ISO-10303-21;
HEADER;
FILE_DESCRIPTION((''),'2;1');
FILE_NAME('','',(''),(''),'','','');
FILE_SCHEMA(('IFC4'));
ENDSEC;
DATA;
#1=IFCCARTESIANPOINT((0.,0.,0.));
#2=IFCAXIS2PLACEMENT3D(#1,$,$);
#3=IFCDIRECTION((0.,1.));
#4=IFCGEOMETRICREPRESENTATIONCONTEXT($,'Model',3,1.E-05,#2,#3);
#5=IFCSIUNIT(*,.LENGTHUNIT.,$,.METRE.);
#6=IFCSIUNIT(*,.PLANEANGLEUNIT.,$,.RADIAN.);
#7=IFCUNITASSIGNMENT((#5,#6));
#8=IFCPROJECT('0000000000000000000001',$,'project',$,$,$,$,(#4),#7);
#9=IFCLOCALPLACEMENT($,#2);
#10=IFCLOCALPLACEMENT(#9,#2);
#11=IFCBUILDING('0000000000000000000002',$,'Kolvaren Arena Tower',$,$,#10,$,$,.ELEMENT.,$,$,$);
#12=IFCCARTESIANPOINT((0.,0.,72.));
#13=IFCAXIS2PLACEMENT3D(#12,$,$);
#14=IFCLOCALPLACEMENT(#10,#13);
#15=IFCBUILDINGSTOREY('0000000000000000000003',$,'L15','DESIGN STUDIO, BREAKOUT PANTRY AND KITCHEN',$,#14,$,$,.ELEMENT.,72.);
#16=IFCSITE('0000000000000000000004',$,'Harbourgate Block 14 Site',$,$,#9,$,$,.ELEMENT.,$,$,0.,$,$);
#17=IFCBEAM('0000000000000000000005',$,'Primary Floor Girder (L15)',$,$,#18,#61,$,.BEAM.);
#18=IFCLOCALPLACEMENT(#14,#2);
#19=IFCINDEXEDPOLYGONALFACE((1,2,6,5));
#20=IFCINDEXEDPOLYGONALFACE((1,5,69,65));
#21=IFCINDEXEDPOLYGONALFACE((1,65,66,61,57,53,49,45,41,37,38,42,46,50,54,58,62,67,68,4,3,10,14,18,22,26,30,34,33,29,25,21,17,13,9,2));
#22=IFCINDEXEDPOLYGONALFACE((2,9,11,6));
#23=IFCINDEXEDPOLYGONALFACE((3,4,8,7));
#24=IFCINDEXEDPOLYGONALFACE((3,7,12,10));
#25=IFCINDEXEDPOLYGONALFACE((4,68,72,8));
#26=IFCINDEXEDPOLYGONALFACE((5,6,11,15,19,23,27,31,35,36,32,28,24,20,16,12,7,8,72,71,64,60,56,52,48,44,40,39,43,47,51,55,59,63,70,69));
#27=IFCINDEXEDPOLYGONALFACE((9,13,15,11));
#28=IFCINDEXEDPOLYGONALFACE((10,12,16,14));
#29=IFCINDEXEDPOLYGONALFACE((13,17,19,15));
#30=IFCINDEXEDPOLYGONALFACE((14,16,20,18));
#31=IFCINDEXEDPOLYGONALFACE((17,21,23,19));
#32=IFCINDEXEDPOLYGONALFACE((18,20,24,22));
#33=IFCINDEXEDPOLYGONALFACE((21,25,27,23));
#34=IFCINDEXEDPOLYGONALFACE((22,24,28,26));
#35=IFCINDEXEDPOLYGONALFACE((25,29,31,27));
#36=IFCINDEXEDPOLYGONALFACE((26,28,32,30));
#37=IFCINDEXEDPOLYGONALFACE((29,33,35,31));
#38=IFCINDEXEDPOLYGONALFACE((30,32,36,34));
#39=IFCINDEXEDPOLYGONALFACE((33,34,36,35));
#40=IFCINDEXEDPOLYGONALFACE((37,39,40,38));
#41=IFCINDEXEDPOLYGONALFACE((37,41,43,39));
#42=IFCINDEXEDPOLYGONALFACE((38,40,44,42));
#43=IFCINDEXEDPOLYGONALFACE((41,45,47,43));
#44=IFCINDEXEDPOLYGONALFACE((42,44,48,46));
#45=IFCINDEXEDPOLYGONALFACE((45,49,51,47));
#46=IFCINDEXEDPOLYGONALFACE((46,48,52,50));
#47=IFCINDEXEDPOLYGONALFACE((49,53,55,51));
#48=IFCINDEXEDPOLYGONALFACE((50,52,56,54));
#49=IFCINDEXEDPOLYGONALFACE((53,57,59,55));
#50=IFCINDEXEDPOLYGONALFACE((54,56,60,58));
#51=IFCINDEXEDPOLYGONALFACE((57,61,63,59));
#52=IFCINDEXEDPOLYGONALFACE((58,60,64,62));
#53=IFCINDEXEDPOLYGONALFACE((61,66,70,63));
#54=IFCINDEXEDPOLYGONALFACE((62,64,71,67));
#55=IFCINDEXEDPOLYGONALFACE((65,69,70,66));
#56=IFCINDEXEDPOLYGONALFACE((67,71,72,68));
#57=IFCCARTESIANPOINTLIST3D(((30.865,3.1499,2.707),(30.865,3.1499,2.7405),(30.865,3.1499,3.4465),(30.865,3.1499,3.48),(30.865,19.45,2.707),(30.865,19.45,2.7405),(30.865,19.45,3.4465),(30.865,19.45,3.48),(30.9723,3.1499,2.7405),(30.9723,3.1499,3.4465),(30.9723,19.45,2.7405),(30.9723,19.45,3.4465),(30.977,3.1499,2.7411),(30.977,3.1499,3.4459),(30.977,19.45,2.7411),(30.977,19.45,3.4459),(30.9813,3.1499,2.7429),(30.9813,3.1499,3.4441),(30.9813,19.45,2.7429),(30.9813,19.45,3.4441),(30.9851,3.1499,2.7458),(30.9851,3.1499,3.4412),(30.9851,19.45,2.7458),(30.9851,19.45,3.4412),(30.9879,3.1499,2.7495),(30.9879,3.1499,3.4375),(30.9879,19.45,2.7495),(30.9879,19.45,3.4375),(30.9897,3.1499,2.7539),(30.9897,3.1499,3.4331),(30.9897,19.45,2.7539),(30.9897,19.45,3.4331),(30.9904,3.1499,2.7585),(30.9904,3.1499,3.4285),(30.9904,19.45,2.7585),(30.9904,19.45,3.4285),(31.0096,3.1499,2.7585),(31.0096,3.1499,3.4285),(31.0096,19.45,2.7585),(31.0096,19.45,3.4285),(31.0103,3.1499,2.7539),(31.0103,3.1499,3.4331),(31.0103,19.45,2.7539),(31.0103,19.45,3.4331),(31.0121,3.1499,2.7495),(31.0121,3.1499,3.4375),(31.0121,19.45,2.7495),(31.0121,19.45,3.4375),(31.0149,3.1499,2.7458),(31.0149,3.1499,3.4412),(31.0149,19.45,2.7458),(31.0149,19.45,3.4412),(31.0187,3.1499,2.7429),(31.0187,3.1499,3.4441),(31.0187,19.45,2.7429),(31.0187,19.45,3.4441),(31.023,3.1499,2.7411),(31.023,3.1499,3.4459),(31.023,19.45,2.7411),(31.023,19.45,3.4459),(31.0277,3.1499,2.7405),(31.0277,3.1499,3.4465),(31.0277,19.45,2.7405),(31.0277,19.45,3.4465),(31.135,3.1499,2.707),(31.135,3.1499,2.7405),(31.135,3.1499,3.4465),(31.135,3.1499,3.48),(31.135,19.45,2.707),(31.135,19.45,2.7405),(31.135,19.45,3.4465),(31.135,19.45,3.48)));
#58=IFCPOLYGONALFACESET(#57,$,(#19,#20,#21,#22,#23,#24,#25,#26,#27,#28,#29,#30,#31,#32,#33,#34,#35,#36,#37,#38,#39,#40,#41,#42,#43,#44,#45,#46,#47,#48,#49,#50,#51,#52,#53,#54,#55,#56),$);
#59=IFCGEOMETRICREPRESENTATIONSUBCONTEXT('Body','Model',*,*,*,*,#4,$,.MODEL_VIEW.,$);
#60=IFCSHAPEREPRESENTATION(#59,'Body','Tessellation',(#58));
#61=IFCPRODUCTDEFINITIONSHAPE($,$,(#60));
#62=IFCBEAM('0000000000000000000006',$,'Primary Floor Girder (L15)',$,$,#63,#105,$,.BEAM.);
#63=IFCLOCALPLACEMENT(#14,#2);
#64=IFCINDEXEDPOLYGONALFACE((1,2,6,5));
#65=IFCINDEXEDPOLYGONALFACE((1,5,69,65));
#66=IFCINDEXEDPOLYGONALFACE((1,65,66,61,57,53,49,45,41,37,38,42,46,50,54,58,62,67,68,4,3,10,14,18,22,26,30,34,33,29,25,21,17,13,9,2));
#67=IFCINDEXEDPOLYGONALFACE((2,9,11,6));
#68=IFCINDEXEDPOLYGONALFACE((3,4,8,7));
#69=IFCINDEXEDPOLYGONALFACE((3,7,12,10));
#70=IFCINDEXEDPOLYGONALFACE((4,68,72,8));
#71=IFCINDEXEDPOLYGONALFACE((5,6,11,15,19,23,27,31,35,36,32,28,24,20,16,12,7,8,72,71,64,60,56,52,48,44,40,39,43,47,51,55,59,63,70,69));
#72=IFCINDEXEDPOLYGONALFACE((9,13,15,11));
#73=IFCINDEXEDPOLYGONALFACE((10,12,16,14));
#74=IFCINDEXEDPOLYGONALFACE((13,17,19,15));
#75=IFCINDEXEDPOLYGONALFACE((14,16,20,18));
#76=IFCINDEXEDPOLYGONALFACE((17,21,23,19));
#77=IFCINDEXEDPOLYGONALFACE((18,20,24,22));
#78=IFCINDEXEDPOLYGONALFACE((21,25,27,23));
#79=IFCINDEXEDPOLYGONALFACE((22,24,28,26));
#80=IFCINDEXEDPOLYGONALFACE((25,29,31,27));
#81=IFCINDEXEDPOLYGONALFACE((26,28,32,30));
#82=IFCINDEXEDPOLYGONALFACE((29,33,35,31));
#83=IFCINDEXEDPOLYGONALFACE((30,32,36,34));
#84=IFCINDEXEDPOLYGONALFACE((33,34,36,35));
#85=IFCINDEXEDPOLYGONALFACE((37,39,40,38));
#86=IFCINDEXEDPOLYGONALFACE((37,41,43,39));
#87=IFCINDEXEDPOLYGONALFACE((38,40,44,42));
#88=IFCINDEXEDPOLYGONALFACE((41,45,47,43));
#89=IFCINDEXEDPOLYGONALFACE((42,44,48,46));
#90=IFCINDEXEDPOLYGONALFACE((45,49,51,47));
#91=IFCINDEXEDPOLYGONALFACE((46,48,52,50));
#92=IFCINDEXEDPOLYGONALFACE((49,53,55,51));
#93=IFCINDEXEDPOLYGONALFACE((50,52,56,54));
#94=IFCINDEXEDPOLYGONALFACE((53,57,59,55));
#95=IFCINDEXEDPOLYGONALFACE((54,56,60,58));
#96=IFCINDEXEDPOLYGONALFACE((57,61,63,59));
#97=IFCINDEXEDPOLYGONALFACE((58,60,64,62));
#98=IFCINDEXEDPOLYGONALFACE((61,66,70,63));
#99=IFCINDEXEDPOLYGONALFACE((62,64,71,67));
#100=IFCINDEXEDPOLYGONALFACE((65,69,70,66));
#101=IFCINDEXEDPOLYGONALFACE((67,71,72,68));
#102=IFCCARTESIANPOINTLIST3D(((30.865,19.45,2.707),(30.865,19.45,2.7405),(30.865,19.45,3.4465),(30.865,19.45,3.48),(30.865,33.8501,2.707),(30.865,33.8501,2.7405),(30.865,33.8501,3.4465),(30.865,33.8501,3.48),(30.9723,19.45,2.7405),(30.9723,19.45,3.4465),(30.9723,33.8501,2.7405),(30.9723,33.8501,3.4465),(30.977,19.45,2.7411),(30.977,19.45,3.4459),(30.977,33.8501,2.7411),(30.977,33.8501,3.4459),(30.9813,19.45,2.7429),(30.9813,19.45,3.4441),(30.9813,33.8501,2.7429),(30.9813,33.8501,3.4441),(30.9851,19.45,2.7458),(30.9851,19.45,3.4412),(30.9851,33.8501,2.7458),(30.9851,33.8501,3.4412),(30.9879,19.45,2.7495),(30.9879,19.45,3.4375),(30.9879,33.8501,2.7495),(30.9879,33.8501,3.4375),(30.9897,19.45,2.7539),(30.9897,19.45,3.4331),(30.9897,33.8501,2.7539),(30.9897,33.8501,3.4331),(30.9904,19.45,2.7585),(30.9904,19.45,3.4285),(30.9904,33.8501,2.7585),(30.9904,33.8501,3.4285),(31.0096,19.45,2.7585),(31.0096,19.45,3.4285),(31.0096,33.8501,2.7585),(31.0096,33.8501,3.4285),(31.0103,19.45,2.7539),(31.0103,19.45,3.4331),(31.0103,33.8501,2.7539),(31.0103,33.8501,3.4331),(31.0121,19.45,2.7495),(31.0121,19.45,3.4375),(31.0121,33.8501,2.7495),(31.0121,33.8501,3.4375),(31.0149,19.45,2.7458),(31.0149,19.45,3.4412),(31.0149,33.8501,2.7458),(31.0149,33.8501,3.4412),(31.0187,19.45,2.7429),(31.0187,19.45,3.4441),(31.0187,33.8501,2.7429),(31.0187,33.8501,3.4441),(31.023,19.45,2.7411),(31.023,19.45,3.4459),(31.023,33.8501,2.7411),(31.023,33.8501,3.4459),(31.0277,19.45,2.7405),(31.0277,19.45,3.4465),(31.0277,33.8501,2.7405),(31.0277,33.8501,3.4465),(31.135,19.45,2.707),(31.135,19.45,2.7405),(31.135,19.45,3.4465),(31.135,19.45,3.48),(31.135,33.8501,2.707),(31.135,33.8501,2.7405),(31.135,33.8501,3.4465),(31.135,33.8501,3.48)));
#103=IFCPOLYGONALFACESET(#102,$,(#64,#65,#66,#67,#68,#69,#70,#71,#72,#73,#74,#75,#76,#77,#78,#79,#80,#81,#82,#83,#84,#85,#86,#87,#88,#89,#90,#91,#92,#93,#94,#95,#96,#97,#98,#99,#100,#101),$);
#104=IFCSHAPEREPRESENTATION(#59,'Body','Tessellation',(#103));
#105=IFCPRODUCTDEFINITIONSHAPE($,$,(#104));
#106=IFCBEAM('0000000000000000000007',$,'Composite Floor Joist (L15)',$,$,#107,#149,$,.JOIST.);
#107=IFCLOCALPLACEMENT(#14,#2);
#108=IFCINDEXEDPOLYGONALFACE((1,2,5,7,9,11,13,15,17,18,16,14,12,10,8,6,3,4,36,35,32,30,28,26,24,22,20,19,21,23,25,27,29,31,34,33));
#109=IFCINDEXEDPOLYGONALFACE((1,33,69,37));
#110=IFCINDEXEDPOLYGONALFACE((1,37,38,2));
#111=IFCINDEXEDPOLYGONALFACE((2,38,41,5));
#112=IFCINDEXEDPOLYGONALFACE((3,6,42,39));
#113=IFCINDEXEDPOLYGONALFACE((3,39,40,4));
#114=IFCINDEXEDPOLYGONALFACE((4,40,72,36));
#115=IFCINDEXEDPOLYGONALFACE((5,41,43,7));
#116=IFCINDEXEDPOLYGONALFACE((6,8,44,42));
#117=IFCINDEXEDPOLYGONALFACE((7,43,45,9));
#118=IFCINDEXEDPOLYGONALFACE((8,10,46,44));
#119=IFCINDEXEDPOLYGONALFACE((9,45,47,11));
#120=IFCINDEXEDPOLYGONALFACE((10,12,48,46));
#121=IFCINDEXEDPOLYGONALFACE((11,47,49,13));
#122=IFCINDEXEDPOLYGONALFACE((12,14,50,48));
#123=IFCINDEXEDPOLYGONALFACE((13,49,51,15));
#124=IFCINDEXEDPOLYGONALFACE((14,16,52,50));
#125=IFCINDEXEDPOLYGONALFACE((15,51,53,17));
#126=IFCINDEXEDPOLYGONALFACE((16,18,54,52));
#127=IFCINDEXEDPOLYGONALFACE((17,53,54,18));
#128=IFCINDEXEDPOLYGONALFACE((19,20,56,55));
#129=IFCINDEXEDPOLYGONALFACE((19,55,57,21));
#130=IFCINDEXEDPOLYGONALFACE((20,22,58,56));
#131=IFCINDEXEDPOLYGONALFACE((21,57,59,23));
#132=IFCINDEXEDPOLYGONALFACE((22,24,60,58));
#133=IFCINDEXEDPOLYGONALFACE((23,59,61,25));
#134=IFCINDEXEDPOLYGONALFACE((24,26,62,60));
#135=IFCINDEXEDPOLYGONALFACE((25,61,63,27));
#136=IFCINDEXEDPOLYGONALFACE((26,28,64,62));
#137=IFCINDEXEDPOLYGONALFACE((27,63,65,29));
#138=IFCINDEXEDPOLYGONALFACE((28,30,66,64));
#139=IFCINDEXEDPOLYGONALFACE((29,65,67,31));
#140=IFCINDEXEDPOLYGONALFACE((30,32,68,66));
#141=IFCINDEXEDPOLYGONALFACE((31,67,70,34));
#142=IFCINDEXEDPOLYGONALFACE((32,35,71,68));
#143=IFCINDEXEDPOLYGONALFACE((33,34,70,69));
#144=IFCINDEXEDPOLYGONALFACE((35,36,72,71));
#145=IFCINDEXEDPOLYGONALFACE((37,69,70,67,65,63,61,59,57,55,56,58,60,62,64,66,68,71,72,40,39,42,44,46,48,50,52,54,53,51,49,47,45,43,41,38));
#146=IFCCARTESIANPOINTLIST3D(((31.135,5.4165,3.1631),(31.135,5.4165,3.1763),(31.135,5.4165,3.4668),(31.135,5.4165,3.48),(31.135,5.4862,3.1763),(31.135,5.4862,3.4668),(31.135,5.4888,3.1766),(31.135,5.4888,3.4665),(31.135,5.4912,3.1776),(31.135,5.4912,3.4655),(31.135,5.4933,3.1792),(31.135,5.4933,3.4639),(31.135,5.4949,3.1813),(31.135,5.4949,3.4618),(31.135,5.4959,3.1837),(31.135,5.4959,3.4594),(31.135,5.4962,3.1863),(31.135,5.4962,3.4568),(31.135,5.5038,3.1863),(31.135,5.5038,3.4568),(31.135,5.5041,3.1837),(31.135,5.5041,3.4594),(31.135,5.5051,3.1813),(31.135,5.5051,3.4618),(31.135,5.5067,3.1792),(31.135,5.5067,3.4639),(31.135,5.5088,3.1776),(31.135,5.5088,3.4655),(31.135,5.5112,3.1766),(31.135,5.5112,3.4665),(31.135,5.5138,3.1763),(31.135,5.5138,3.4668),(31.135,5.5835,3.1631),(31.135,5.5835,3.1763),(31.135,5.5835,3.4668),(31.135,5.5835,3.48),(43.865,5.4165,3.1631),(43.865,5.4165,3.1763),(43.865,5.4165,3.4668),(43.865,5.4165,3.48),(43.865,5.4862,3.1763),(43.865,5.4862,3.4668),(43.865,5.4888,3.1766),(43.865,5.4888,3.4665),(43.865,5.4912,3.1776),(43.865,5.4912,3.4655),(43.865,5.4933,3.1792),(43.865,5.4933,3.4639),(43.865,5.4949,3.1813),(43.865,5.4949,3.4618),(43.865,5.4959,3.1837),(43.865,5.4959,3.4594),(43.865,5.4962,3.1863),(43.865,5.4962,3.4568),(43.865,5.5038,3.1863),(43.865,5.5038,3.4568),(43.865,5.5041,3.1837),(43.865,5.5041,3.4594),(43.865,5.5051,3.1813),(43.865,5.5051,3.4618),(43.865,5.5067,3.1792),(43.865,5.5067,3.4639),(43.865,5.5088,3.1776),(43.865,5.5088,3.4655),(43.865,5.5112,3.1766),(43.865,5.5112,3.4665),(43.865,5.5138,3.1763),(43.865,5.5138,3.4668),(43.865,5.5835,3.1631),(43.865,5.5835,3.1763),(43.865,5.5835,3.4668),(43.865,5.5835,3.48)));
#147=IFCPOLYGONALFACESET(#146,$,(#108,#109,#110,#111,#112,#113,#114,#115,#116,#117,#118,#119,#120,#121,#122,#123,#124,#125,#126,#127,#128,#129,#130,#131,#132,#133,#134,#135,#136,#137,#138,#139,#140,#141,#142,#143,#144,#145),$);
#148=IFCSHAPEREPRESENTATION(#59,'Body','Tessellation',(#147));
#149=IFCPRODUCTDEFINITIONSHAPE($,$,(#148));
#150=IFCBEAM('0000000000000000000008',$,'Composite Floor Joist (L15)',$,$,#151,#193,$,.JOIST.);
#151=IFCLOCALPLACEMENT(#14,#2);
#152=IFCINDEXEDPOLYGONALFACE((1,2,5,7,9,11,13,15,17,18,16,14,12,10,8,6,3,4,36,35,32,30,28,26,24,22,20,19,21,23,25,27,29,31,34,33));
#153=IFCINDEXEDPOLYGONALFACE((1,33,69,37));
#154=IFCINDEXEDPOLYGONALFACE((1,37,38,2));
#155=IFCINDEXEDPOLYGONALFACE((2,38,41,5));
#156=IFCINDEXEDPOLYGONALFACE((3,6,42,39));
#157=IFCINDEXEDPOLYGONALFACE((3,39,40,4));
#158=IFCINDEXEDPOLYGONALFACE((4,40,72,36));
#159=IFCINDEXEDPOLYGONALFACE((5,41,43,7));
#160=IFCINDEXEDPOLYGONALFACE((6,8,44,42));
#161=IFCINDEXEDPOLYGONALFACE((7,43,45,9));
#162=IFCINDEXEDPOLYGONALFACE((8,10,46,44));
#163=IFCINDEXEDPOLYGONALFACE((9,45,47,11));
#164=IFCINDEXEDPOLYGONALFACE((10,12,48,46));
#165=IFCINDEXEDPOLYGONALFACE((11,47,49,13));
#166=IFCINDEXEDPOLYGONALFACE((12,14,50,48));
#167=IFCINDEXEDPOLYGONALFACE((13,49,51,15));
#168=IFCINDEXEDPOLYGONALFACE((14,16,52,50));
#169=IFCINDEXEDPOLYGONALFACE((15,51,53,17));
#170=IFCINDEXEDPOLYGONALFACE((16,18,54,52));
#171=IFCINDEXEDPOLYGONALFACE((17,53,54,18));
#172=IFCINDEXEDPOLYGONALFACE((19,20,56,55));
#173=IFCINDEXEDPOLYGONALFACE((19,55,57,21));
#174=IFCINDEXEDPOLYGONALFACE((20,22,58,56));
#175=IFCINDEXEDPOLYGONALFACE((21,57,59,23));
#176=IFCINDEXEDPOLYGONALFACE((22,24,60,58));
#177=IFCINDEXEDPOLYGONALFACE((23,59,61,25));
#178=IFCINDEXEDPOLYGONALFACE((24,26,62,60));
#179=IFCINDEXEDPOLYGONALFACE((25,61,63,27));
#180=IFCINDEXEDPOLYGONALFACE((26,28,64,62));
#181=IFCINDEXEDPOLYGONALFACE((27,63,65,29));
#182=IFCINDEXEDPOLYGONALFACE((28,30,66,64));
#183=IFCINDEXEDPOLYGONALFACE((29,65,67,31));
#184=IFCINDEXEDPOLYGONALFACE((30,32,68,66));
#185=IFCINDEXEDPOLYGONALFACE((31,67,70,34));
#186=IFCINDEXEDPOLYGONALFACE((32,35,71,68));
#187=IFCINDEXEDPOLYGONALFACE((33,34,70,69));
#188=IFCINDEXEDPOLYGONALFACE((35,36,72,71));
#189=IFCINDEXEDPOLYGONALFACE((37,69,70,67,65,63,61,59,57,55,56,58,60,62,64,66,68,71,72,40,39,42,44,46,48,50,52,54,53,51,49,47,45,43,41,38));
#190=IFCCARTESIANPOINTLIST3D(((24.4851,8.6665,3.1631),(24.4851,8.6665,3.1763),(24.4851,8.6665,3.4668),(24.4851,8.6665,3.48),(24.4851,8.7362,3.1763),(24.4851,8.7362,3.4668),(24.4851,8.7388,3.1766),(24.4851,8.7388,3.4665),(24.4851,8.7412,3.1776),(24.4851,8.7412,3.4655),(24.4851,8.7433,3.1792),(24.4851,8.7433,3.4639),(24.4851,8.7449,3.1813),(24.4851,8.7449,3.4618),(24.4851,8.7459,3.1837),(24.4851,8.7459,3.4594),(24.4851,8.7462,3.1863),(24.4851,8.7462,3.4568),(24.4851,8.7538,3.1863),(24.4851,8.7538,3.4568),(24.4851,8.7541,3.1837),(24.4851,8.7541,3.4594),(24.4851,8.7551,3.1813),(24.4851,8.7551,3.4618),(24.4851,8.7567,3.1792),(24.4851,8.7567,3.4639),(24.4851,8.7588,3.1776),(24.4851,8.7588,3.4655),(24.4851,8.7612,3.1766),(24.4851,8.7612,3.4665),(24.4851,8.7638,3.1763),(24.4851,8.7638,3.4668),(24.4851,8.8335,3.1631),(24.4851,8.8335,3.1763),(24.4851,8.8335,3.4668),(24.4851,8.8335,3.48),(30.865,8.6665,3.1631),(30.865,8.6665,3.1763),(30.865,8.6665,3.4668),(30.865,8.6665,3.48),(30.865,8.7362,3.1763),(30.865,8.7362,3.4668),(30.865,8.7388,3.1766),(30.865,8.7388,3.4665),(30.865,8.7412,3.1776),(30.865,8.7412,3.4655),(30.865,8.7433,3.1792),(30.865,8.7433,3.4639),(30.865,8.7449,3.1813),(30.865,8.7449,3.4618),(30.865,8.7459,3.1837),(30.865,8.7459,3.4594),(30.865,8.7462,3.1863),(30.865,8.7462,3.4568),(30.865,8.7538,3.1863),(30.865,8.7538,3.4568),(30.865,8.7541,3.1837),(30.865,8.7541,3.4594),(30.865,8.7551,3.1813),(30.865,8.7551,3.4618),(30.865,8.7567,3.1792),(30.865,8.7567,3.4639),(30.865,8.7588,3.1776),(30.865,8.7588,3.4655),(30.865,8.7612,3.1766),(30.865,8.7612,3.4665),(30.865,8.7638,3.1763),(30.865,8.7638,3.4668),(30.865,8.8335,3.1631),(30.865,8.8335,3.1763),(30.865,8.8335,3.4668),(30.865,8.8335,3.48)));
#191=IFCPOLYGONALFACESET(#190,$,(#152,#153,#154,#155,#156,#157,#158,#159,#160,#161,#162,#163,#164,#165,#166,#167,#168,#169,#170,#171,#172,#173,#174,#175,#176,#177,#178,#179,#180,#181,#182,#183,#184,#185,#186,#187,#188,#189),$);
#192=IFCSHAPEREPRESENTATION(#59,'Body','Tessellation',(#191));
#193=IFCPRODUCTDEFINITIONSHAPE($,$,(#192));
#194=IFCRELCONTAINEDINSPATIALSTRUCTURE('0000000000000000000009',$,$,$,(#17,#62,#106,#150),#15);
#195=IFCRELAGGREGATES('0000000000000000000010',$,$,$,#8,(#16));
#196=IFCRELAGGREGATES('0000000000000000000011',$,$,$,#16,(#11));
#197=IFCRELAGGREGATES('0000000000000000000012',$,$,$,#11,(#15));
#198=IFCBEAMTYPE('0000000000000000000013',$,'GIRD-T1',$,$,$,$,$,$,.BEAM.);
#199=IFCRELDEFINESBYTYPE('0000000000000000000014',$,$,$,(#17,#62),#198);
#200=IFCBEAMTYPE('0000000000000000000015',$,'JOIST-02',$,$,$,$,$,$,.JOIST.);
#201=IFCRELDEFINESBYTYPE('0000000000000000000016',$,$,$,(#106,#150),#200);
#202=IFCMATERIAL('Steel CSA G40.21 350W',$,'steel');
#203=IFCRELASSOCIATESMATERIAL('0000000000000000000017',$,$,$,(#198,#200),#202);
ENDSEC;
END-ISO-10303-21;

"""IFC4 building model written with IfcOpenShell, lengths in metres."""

from ifc_helpers import new_model, si_unit, direction, frame, origin, origin_2d, place, context, subcontext, project, spatial, i_section, extrude, material, material_profile, profile_set, type_object, element, save


model = new_model("IFC4")

# Units and contexts
model_context = context("Model", 3, precision=1e-05, world=origin(), true_north=direction((0.0, 1.0)))
body_context = subcontext(model_context, "Body", "Model", "MODEL_VIEW")
ifc_project = project(units=[si_unit("LENGTHUNIT", "METRE"), si_unit("PLANEANGLEUNIT", "RADIAN")], contexts=[model_context])

# Site, building, storey
site_placement = place(None, origin())
site = spatial("IfcSite", under=ifc_project, at=site_placement, Name="Harbourgate Block 14 Site", CompositionType="ELEMENT", RefElevation=0.0)
building_placement = place(site_placement, origin())
building = spatial("IfcBuilding", under=site, at=building_placement, Name="Kolvaren Arena Tower", CompositionType="ELEMENT")
storey_placement = place(building_placement, frame((0.0, 0.0, 72.0)))
storey = spatial("IfcBuildingStorey", under=building, at=storey_placement, Name="L15", Description="DESIGN STUDIO, BREAKOUT PANTRY AND KITCHEN", CompositionType="ELEMENT", Elevation=72.0)

# Beams
ifc_material_1 = material(Name="Steel CSA G40.21 350W", Category="steel")
ifc_material_profile_1 = material_profile(ifc_material_1, i_section(OverallWidth=0.27, OverallDepth=0.7729, WebThickness=0.0193, FlangeThickness=0.0334, FilletRadius=0.0181, at=origin_2d()), Name="W760x257")
ifc_profile_set_1 = profile_set([ifc_material_profile_1], Name="Steel CSA G40.21 350W")
beam_type_1 = type_object("IfcBeamType", Name="GIRD-T1", PredefinedType="BEAM", material=ifc_profile_set_1)
beam_1_placement = place(storey_placement, frame((31.0, 3.1499, 3.0935), z_axis=(0.0, 1.0, 0.0), x_axis=(-1.0, 0.0, 0.0)))
element("IfcBeam", 1, at=beam_1_placement, inside=storey, type_object=beam_type_1, Name="Primary Floor Girder (L15)", PredefinedType="BEAM", context=body_context, shape_type="SweptSolid", body=[
    extrude(i_section(OverallWidth=0.27, OverallDepth=0.7729, WebThickness=0.0193, FlangeThickness=0.0334, FilletRadius=0.0181, at=origin_2d()), origin(), (0.0, 0.0, 1.0), 16.3),
])
beam_2_placement = place(storey_placement, frame((31.0, 19.45, 3.0935), z_axis=(0.0, 1.0, 0.0), x_axis=(-1.0, 0.0, 0.0)))
element("IfcBeam", 2, at=beam_2_placement, inside=storey, type_object=beam_type_1, Name="Primary Floor Girder (L15)", PredefinedType="BEAM", context=body_context, shape_type="SweptSolid", body=[
    extrude(i_section(OverallWidth=0.27, OverallDepth=0.7729, WebThickness=0.0193, FlangeThickness=0.0334, FilletRadius=0.0181, at=origin_2d()), origin(), (0.0, 0.0, 1.0), 14.4001),
])
ifc_material_profile_2 = material_profile(ifc_material_1, i_section(OverallWidth=0.167, OverallDepth=0.3169, WebThickness=0.0076, FlangeThickness=0.0132, FilletRadius=0.01, at=origin_2d()), Name="W310x52")
ifc_profile_set_2 = profile_set([ifc_material_profile_2], Name="Steel CSA G40.21 350W")
beam_type_2 = type_object("IfcBeamType", Name="JOIST-02", PredefinedType="JOIST", material=ifc_profile_set_2)
beam_3_placement = place(storey_placement, frame((31.135, 5.5, 3.3215), z_axis=(1.0, 0.0, 0.0), x_axis=(0.0, 1.0, 0.0)))
element("IfcBeam", 3, at=beam_3_placement, inside=storey, type_object=beam_type_2, Name="Composite Floor Joist (L15)", PredefinedType="JOIST", context=body_context, shape_type="SweptSolid", body=[
    extrude(i_section(OverallWidth=0.167, OverallDepth=0.3169, WebThickness=0.0076, FlangeThickness=0.0132, FilletRadius=0.01, at=origin_2d()), origin(), (0.0, 0.0, 1.0), 12.73),
])
beam_4_placement = place(storey_placement, frame((24.4851, 8.75, 3.3215), z_axis=(1.0, 0.0, 0.0), x_axis=(0.0, 1.0, 0.0)))
element("IfcBeam", 4, at=beam_4_placement, inside=storey, type_object=beam_type_2, Name="Composite Floor Joist (L15)", PredefinedType="JOIST", context=body_context, shape_type="SweptSolid", body=[
    extrude(i_section(OverallWidth=0.167, OverallDepth=0.3169, WebThickness=0.0076, FlangeThickness=0.0132, FilletRadius=0.01, at=origin_2d()), origin(), (0.0, 0.0, 1.0), 6.3799),
])

save(model, "model.ifc")
